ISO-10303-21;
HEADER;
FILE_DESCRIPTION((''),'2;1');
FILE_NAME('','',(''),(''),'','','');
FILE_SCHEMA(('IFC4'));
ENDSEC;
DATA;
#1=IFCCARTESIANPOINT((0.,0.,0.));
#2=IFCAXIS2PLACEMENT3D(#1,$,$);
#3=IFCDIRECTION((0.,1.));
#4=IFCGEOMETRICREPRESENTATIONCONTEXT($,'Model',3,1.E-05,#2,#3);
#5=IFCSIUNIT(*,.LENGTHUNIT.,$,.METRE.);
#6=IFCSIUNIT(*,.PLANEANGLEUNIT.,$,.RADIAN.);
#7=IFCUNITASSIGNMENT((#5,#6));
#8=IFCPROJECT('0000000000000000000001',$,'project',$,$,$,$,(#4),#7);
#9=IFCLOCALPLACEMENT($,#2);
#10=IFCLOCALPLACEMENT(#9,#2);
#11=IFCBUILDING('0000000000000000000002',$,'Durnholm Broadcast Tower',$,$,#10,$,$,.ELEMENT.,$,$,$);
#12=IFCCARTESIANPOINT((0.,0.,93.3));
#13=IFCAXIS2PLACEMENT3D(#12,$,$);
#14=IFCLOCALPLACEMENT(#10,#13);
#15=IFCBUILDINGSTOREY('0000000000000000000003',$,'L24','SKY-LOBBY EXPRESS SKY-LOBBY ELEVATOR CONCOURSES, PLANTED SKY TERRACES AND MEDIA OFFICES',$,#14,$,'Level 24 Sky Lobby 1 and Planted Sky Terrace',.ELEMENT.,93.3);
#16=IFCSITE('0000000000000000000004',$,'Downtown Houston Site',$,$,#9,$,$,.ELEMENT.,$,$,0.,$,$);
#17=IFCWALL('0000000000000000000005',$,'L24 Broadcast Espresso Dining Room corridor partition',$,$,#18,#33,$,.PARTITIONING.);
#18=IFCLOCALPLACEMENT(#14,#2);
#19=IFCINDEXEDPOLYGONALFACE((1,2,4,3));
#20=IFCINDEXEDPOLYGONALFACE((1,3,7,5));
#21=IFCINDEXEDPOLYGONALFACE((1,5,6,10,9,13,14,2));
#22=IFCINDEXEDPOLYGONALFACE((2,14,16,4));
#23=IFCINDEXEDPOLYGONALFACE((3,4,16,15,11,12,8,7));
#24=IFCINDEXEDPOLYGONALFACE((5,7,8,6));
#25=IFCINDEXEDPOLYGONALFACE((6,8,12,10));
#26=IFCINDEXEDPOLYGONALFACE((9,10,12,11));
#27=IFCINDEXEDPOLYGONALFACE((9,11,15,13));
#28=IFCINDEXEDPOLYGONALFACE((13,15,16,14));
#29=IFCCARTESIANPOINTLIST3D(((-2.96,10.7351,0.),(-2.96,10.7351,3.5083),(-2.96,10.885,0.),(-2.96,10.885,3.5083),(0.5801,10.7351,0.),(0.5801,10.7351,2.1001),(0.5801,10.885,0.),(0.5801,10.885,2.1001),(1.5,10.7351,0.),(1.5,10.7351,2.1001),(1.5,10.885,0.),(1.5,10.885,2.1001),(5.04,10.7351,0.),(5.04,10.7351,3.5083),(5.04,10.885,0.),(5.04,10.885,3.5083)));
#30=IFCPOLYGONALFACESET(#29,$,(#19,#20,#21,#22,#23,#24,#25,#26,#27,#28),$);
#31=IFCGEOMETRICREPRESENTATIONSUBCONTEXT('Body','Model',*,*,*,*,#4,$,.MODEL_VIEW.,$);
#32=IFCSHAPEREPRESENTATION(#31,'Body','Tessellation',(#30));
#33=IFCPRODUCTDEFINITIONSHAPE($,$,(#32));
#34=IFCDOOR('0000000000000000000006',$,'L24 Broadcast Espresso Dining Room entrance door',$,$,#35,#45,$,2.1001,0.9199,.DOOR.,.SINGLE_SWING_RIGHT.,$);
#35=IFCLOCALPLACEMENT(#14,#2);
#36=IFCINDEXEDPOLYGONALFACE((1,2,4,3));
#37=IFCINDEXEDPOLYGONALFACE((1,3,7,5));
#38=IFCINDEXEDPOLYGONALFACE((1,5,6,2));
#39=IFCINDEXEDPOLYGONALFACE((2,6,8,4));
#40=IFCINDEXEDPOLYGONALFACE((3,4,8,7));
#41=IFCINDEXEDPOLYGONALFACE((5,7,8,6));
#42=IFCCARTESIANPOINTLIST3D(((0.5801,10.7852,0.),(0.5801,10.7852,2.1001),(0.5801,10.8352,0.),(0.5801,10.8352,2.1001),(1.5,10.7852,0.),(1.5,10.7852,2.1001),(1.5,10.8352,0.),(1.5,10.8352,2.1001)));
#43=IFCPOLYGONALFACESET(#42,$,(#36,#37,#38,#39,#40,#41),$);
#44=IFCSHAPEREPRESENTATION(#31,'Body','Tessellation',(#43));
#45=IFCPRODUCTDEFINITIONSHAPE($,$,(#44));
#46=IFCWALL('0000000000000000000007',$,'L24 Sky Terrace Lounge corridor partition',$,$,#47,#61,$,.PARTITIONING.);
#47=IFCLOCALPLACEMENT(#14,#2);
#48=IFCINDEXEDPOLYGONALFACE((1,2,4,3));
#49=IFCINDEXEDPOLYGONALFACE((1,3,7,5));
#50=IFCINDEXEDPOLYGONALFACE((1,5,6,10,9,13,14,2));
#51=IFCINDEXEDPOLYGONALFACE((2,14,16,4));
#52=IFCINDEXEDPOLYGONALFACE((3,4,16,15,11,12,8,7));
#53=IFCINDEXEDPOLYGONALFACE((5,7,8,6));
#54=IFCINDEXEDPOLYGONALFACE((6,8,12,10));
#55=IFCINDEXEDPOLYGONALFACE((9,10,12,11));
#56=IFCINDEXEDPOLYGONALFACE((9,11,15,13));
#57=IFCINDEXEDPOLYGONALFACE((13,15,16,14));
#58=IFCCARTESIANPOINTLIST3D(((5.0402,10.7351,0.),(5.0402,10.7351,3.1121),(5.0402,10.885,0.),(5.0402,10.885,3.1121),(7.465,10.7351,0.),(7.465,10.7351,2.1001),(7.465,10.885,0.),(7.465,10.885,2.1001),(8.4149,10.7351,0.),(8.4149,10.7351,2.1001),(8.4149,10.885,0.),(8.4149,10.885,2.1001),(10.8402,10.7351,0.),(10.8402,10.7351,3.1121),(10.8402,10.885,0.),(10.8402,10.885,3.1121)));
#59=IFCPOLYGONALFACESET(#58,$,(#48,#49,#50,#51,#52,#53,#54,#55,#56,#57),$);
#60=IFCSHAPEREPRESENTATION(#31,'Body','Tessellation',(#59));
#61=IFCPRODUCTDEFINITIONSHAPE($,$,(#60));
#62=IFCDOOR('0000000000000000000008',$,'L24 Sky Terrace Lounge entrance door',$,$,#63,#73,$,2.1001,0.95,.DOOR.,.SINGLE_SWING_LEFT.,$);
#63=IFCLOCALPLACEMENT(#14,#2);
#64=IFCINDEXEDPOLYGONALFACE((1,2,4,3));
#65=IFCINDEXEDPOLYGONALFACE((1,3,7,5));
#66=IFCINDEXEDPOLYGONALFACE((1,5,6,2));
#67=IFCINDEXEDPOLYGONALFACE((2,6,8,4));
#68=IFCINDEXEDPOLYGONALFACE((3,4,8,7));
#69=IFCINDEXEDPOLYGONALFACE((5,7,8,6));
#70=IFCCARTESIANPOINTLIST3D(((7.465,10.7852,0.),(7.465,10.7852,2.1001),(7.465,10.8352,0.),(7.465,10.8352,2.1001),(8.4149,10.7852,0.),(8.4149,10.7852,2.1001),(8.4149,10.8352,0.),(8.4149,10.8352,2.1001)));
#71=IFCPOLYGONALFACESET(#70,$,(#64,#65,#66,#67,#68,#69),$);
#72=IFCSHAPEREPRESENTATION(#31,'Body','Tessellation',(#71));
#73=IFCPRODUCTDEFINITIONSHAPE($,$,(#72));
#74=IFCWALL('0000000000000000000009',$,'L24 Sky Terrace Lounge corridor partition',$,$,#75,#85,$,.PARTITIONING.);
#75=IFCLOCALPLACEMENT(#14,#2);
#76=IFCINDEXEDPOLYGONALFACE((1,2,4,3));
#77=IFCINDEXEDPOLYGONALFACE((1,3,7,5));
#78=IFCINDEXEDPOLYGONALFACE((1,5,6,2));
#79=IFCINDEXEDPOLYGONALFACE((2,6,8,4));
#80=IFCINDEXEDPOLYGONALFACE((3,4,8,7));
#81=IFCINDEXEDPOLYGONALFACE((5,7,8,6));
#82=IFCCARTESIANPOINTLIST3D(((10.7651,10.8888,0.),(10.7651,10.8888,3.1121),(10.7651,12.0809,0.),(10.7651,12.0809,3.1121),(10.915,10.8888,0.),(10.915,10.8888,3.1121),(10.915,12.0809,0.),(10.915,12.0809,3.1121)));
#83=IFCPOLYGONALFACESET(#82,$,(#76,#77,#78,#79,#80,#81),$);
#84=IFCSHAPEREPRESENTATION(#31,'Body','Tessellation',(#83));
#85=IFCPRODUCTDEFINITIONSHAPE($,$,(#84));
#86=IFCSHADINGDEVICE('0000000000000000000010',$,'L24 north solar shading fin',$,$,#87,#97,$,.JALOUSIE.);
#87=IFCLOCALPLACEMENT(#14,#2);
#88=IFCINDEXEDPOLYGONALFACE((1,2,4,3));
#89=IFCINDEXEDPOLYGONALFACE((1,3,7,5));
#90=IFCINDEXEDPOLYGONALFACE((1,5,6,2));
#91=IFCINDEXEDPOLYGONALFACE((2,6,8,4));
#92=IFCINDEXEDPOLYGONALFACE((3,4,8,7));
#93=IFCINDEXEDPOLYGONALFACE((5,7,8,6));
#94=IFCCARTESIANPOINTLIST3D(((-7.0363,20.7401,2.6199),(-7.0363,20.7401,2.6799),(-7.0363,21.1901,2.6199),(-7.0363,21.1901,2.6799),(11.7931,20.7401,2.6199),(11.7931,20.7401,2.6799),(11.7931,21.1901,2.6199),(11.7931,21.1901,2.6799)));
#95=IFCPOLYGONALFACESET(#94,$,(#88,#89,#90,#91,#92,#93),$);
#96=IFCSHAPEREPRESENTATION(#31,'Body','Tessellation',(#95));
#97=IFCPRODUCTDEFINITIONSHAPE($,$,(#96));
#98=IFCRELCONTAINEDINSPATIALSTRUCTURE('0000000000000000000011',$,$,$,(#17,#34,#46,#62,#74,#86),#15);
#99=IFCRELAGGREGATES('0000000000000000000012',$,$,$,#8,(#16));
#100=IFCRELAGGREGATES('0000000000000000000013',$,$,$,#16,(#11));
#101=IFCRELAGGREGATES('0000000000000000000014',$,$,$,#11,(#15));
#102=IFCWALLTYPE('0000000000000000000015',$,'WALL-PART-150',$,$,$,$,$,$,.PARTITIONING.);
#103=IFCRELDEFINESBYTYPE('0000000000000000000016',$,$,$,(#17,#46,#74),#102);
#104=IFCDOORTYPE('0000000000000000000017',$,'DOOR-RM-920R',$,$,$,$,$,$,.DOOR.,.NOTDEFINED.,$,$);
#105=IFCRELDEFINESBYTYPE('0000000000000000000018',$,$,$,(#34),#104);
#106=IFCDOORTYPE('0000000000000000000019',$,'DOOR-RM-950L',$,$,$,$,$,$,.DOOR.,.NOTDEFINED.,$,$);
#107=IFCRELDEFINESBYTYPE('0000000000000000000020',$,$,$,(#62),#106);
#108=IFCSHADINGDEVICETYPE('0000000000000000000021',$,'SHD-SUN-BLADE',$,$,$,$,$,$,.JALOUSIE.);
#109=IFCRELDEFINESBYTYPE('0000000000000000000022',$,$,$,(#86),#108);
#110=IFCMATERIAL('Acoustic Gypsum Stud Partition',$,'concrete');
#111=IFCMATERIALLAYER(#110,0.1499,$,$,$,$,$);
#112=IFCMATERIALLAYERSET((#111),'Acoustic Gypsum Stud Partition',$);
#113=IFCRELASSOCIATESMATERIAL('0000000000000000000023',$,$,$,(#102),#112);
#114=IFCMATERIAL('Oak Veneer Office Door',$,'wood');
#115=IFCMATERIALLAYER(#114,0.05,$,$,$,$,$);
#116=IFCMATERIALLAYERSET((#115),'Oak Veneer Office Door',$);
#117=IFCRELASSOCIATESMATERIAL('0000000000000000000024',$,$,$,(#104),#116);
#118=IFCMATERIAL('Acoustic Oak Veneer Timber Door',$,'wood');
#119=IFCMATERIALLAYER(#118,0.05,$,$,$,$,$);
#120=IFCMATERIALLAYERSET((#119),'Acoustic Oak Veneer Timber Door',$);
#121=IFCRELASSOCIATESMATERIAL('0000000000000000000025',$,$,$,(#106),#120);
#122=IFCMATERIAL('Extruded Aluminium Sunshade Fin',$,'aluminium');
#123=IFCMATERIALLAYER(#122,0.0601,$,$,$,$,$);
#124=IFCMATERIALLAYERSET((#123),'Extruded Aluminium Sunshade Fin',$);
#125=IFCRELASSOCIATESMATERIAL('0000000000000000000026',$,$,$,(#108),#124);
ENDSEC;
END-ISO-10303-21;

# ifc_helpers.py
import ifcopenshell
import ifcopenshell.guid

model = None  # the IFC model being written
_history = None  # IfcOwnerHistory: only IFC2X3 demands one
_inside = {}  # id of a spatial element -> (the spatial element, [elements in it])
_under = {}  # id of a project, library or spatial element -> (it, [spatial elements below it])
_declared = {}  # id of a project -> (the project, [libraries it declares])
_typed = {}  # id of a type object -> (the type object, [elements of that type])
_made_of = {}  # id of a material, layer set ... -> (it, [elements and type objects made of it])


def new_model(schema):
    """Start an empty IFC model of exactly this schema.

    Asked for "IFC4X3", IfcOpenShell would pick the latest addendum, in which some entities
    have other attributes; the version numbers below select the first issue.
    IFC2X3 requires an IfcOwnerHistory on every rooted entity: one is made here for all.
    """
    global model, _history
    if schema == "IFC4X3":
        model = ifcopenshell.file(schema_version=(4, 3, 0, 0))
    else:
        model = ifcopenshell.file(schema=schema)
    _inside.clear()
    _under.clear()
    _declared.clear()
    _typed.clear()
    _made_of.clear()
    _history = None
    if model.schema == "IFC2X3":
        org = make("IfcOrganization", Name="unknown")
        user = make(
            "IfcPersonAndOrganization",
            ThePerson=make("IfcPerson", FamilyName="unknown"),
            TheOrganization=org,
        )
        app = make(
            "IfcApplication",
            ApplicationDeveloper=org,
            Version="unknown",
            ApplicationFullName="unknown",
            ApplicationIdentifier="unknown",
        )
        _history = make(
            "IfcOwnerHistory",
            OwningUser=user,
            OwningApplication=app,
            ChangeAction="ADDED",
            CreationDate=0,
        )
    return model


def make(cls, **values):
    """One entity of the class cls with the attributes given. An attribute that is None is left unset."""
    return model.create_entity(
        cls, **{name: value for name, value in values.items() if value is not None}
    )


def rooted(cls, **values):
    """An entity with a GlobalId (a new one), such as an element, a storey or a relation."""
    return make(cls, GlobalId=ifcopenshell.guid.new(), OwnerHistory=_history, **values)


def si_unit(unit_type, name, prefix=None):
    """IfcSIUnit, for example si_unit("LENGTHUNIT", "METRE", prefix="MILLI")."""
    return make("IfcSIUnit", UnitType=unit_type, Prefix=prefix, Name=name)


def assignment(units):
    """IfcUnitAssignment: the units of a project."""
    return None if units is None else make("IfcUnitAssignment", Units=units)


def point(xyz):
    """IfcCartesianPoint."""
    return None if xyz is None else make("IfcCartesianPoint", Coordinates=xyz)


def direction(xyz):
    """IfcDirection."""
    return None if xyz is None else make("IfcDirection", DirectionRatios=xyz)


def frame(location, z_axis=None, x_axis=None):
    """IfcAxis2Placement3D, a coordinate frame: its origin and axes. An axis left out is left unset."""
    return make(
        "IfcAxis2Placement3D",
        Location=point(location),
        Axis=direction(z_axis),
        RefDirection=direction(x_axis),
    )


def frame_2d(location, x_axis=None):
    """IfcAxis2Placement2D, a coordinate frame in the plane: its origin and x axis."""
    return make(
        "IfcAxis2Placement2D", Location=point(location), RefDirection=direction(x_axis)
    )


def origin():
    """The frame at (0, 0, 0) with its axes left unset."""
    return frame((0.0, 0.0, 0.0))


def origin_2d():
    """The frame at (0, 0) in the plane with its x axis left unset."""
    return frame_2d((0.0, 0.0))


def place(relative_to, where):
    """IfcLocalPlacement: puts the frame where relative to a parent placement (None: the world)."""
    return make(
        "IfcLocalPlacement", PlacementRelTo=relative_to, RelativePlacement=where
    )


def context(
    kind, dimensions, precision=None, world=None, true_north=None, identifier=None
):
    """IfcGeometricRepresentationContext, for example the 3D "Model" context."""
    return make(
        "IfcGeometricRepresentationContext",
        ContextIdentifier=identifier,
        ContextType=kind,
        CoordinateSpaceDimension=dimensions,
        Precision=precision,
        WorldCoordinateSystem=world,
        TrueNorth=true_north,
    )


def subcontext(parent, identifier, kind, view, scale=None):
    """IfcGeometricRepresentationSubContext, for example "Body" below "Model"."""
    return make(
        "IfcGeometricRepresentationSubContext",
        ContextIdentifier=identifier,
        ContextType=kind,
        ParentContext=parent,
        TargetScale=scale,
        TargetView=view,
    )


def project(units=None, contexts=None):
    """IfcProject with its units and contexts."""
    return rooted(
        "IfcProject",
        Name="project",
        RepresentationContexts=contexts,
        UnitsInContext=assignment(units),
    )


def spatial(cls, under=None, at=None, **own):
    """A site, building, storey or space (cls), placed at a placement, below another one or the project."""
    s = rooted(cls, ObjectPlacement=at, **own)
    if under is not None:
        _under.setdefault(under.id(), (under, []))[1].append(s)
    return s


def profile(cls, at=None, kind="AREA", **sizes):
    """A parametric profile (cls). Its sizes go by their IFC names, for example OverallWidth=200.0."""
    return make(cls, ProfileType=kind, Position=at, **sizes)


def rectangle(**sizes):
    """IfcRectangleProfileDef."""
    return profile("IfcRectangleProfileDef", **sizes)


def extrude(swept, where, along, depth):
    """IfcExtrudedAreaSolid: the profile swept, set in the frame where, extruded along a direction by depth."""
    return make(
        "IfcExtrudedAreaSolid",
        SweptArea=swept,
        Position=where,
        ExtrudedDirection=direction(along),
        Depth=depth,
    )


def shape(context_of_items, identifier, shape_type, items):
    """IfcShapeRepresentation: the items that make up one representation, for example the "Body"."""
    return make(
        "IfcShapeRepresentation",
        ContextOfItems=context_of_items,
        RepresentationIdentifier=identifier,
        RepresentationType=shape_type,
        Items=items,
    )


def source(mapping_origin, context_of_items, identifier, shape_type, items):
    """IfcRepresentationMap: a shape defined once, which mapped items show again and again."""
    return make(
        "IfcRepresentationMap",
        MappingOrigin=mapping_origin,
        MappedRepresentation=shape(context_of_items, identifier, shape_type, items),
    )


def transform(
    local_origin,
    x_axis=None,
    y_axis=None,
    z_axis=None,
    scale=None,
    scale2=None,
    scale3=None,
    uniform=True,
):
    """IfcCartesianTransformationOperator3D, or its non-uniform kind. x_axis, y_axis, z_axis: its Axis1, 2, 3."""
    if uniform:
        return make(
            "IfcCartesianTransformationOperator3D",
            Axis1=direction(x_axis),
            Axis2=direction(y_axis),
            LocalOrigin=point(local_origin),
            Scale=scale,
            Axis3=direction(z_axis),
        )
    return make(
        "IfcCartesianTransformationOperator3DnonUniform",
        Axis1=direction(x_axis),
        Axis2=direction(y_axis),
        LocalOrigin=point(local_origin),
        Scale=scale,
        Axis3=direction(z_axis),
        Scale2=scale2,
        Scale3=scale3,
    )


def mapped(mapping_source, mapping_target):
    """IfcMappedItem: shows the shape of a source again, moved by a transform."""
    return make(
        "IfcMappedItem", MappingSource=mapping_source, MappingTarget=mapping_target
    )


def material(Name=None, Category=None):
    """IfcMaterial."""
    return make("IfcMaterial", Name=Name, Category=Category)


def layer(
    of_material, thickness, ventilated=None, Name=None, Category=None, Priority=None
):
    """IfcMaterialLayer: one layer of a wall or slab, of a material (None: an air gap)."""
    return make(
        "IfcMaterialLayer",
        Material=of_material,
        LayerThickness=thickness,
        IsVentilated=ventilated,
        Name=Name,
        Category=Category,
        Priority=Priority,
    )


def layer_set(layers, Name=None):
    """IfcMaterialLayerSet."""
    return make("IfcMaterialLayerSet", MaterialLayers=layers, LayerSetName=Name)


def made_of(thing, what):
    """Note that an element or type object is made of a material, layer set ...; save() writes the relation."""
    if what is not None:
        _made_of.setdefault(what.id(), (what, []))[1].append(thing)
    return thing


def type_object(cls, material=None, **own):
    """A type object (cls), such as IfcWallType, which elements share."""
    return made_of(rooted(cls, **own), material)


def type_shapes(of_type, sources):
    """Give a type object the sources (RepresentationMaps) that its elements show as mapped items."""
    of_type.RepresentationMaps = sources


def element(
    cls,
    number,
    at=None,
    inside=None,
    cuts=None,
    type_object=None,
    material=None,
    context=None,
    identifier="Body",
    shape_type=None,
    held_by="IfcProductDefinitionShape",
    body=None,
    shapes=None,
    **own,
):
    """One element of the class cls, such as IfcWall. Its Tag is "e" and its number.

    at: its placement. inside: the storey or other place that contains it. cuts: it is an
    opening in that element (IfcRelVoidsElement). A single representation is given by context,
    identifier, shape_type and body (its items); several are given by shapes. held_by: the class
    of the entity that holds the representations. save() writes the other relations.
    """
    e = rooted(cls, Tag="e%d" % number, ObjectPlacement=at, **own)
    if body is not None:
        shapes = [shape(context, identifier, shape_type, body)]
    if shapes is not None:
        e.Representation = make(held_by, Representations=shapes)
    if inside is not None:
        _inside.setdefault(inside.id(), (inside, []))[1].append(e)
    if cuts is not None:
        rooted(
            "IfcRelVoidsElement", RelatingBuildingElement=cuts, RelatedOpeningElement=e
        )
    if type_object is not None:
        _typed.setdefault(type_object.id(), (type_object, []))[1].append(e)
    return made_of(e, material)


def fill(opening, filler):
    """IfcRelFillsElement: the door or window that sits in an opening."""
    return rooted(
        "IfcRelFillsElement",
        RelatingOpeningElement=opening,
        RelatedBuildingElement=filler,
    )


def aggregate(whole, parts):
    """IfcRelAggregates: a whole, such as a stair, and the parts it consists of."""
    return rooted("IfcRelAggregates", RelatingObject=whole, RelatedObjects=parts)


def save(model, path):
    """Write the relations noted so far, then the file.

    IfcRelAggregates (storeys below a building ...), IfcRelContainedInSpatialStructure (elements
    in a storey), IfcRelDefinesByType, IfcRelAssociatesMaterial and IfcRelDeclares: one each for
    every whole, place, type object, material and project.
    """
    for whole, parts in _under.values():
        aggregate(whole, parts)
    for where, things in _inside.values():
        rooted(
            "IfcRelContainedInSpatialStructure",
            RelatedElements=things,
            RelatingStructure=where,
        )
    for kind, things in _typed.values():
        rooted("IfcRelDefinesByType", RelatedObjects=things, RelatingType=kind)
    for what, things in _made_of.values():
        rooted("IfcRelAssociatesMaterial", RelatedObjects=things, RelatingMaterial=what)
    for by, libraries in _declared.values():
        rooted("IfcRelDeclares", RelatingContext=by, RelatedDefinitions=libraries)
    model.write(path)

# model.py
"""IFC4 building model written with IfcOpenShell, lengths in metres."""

from ifc_helpers import new_model, si_unit, direction, frame, frame_2d, origin, origin_2d, place, context, subcontext, project, spatial, rectangle, extrude, source, transform, mapped, material, layer, layer_set, type_object, type_shapes, element, fill, save


model = new_model("IFC4")

# Units and contexts
model_context = context("Model", 3, precision=1e-05, world=origin(), true_north=direction((0.0, 1.0)))
body_context = subcontext(model_context, "Body", "Model", "MODEL_VIEW")
ifc_project = project(units=[si_unit("LENGTHUNIT", "METRE"), si_unit("PLANEANGLEUNIT", "RADIAN")], contexts=[model_context])

# Site, building, storey
site_placement = place(None, origin())
site = spatial("IfcSite", under=ifc_project, at=site_placement, Name="Downtown Houston Site", CompositionType="ELEMENT", RefElevation=0.0)
building_placement = place(site_placement, origin())
building = spatial("IfcBuilding", under=site, at=building_placement, Name="Durnholm Broadcast Tower", CompositionType="ELEMENT")
storey_placement = place(building_placement, frame((0.0, 0.0, 93.3)))
storey = spatial("IfcBuildingStorey", under=building, at=storey_placement, Name="L24", Description="SKY-LOBBY EXPRESS SKY-LOBBY ELEVATOR CONCOURSES, PLANTED SKY TERRACES AND MEDIA OFFICES", LongName="Level 24 Sky Lobby 1 and Planted Sky Terrace", CompositionType="ELEMENT", Elevation=93.3)

# Walls, openings, doors
ifc_material_1 = material(Name="Acoustic Gypsum Stud Partition", Category="concrete")
ifc_layer_1 = layer(ifc_material_1, 0.1499)
ifc_layer_set_1 = layer_set([ifc_layer_1], Name="Acoustic Gypsum Stud Partition")
wall_type_1 = type_object("IfcWallType", Name="WALL-PART-150", PredefinedType="PARTITIONING", material=ifc_layer_set_1)
wall_1_placement = place(storey_placement, frame((5.04, 10.8101, 0.0), z_axis=(0.0, 0.0, 1.0), x_axis=(-1.0, 0.0, 0.0)))
wall_1 = element("IfcWall", 1, at=wall_1_placement, inside=storey, type_object=wall_type_1, Name="L24 Broadcast Espresso Dining Room corridor partition", PredefinedType="PARTITIONING", context=body_context, shape_type="SweptSolid", body=[
    extrude(rectangle(XDim=8.0, YDim=0.1499, at=frame_2d((4.0, 0.0))), origin(), (0.0, 0.0, 1.0), 3.5083),
])
opening_1_placement = place(wall_1_placement, frame((3.54, 0.0, 0.0)))
opening_1 = element("IfcOpeningElement", 2, at=opening_1_placement, cuts=wall_1, PredefinedType="OPENING", context=body_context, shape_type="SweptSolid", body=[
    extrude(rectangle(XDim=0.9199, YDim=2.1001, at=frame_2d((0.46, 1.05))), frame((0.0, 0.085, 0.0), z_axis=(0.0, -1.0, 0.0), x_axis=(1.0, 0.0, 0.0)), (0.0, 0.0, 1.0), 0.1699),
])
ifc_material_2 = material(Name="Oak Veneer Office Door", Category="wood")
ifc_layer_2 = layer(ifc_material_2, 0.05)
ifc_layer_set_2 = layer_set([ifc_layer_2], Name="Oak Veneer Office Door")
door_type_1 = type_object("IfcDoorType", Name="DOOR-RM-920R", OperationType="NOTDEFINED", PredefinedType="DOOR", material=ifc_layer_set_2)
shared_shape_1 = source(origin(), body_context, "Body", "SweptSolid", [
    extrude(rectangle(XDim=0.9199, YDim=2.1001, at=frame_2d((0.46, 1.05))), frame((0.0, 0.0249, 0.0), z_axis=(0.0, -1.0, 0.0), x_axis=(1.0, 0.0, 0.0)), (0.0, 0.0, 1.0), 0.05),
])
type_shapes(door_type_1, [shared_shape_1])
door_1_placement = place(opening_1_placement, origin())
door_1 = element("IfcDoor", 3, at=door_1_placement, inside=storey, type_object=door_type_1, Name="L24 Broadcast Espresso Dining Room entrance door", OperationType="SINGLE_SWING_RIGHT", OverallHeight=2.1001, OverallWidth=0.9199, PredefinedType="DOOR", context=body_context, shape_type="MappedRepresentation", body=[
    mapped(shared_shape_1, transform((0.0, 0.0, 0.0), x_axis=(1.0, 0.0, 0.0), y_axis=(0.0, 1.0, 0.0), z_axis=(0.0, 0.0, 1.0), scale=1.0)),
])
fill(opening_1, door_1)
wall_2_placement = place(storey_placement, frame((10.8401, 10.8101, 0.0), z_axis=(0.0, 0.0, 1.0), x_axis=(-1.0, 0.0, 0.0)))
wall_2 = element("IfcWall", 4, at=wall_2_placement, inside=storey, type_object=wall_type_1, Name="L24 Sky Terrace Lounge corridor partition", PredefinedType="PARTITIONING", context=body_context, shape_type="SweptSolid", body=[
    extrude(rectangle(XDim=5.8, YDim=0.1499, at=frame_2d((2.8999, 0.0))), origin(), (0.0, 0.0, 1.0), 3.1121),
])
opening_2_placement = place(wall_2_placement, frame((2.425, 0.0, 0.0)))
opening_2 = element("IfcOpeningElement", 5, at=opening_2_placement, cuts=wall_2, PredefinedType="OPENING", context=body_context, shape_type="SweptSolid", body=[
    extrude(rectangle(XDim=0.95, YDim=2.1001, at=frame_2d((0.4751, 1.05))), frame((0.0, 0.085, 0.0), z_axis=(0.0, -1.0, 0.0), x_axis=(1.0, 0.0, 0.0)), (0.0, 0.0, 1.0), 0.1699),
])
ifc_material_3 = material(Name="Acoustic Oak Veneer Timber Door", Category="wood")
ifc_layer_3 = layer(ifc_material_3, 0.05)
ifc_layer_set_3 = layer_set([ifc_layer_3], Name="Acoustic Oak Veneer Timber Door")
door_type_2 = type_object("IfcDoorType", Name="DOOR-RM-950L", OperationType="NOTDEFINED", PredefinedType="DOOR", material=ifc_layer_set_3)
shared_shape_2 = source(origin(), body_context, "Body", "SweptSolid", [
    extrude(rectangle(XDim=0.95, YDim=2.1001, at=frame_2d((0.4751, 1.05))), frame((0.0, 0.0249, 0.0), z_axis=(0.0, -1.0, 0.0), x_axis=(1.0, 0.0, 0.0)), (0.0, 0.0, 1.0), 0.05),
])
type_shapes(door_type_2, [shared_shape_2])
door_2_placement = place(opening_2_placement, origin())
door_2 = element("IfcDoor", 6, at=door_2_placement, inside=storey, type_object=door_type_2, Name="L24 Sky Terrace Lounge entrance door", OperationType="SINGLE_SWING_LEFT", OverallHeight=2.1001, OverallWidth=0.95, PredefinedType="DOOR", context=body_context, shape_type="MappedRepresentation", body=[
    mapped(shared_shape_2, transform((0.0, 0.0, 0.0), x_axis=(1.0, 0.0, 0.0), y_axis=(0.0, 1.0, 0.0), z_axis=(0.0, 0.0, 1.0), scale=1.0)),
])
fill(opening_2, door_2)

# Wall
wall_3_placement = place(storey_placement, frame((10.8401, 12.0811, 0.0), z_axis=(0.0, 0.0, 1.0), x_axis=(0.0, -1.0, 0.0)))
element("IfcWall", 7, at=wall_3_placement, inside=storey, type_object=wall_type_1, Name="L24 Sky Terrace Lounge corridor partition", PredefinedType="PARTITIONING", context=body_context, shape_type="SweptSolid", body=[
    extrude(rectangle(XDim=1.1921, YDim=0.1499, at=frame_2d((0.5962, 0.0))), origin(), (0.0, 0.0, 1.0), 3.1121),
])

# Shading device
ifc_material_4 = material(Name="Extruded Aluminium Sunshade Fin", Category="aluminium")
ifc_layer_4 = layer(ifc_material_4, 0.0601)
ifc_layer_set_4 = layer_set([ifc_layer_4], Name="Extruded Aluminium Sunshade Fin")
shading_device_type = type_object("IfcShadingDeviceType", Name="SHD-SUN-BLADE", PredefinedType="JALOUSIE", material=ifc_layer_set_4)
shared_shape_3 = source(origin(), body_context, "Body", "SweptSolid", [
    extrude(rectangle(XDim=18.8293, YDim=0.45, at=origin_2d()), origin(), (0.0, 0.0, 1.0), 0.0601),
])
type_shapes(shading_device_type, [shared_shape_3])
shading_device_placement = place(storey_placement, frame((2.3784, 20.9651, 2.6199), z_axis=(0.0, 0.0, 1.0), x_axis=(1.0, 0.0, 0.0)))
element("IfcShadingDevice", 8, at=shading_device_placement, inside=storey, type_object=shading_device_type, Name="L24 north solar shading fin", PredefinedType="JALOUSIE", context=body_context, shape_type="MappedRepresentation", body=[
    mapped(shared_shape_3, transform((0.0, 0.0, 0.0), x_axis=(1.0, 0.0, 0.0), y_axis=(0.0, 1.0, 0.0), z_axis=(0.0, 0.0, 1.0), scale=1.0)),
])

save(model, "model.ifc")
